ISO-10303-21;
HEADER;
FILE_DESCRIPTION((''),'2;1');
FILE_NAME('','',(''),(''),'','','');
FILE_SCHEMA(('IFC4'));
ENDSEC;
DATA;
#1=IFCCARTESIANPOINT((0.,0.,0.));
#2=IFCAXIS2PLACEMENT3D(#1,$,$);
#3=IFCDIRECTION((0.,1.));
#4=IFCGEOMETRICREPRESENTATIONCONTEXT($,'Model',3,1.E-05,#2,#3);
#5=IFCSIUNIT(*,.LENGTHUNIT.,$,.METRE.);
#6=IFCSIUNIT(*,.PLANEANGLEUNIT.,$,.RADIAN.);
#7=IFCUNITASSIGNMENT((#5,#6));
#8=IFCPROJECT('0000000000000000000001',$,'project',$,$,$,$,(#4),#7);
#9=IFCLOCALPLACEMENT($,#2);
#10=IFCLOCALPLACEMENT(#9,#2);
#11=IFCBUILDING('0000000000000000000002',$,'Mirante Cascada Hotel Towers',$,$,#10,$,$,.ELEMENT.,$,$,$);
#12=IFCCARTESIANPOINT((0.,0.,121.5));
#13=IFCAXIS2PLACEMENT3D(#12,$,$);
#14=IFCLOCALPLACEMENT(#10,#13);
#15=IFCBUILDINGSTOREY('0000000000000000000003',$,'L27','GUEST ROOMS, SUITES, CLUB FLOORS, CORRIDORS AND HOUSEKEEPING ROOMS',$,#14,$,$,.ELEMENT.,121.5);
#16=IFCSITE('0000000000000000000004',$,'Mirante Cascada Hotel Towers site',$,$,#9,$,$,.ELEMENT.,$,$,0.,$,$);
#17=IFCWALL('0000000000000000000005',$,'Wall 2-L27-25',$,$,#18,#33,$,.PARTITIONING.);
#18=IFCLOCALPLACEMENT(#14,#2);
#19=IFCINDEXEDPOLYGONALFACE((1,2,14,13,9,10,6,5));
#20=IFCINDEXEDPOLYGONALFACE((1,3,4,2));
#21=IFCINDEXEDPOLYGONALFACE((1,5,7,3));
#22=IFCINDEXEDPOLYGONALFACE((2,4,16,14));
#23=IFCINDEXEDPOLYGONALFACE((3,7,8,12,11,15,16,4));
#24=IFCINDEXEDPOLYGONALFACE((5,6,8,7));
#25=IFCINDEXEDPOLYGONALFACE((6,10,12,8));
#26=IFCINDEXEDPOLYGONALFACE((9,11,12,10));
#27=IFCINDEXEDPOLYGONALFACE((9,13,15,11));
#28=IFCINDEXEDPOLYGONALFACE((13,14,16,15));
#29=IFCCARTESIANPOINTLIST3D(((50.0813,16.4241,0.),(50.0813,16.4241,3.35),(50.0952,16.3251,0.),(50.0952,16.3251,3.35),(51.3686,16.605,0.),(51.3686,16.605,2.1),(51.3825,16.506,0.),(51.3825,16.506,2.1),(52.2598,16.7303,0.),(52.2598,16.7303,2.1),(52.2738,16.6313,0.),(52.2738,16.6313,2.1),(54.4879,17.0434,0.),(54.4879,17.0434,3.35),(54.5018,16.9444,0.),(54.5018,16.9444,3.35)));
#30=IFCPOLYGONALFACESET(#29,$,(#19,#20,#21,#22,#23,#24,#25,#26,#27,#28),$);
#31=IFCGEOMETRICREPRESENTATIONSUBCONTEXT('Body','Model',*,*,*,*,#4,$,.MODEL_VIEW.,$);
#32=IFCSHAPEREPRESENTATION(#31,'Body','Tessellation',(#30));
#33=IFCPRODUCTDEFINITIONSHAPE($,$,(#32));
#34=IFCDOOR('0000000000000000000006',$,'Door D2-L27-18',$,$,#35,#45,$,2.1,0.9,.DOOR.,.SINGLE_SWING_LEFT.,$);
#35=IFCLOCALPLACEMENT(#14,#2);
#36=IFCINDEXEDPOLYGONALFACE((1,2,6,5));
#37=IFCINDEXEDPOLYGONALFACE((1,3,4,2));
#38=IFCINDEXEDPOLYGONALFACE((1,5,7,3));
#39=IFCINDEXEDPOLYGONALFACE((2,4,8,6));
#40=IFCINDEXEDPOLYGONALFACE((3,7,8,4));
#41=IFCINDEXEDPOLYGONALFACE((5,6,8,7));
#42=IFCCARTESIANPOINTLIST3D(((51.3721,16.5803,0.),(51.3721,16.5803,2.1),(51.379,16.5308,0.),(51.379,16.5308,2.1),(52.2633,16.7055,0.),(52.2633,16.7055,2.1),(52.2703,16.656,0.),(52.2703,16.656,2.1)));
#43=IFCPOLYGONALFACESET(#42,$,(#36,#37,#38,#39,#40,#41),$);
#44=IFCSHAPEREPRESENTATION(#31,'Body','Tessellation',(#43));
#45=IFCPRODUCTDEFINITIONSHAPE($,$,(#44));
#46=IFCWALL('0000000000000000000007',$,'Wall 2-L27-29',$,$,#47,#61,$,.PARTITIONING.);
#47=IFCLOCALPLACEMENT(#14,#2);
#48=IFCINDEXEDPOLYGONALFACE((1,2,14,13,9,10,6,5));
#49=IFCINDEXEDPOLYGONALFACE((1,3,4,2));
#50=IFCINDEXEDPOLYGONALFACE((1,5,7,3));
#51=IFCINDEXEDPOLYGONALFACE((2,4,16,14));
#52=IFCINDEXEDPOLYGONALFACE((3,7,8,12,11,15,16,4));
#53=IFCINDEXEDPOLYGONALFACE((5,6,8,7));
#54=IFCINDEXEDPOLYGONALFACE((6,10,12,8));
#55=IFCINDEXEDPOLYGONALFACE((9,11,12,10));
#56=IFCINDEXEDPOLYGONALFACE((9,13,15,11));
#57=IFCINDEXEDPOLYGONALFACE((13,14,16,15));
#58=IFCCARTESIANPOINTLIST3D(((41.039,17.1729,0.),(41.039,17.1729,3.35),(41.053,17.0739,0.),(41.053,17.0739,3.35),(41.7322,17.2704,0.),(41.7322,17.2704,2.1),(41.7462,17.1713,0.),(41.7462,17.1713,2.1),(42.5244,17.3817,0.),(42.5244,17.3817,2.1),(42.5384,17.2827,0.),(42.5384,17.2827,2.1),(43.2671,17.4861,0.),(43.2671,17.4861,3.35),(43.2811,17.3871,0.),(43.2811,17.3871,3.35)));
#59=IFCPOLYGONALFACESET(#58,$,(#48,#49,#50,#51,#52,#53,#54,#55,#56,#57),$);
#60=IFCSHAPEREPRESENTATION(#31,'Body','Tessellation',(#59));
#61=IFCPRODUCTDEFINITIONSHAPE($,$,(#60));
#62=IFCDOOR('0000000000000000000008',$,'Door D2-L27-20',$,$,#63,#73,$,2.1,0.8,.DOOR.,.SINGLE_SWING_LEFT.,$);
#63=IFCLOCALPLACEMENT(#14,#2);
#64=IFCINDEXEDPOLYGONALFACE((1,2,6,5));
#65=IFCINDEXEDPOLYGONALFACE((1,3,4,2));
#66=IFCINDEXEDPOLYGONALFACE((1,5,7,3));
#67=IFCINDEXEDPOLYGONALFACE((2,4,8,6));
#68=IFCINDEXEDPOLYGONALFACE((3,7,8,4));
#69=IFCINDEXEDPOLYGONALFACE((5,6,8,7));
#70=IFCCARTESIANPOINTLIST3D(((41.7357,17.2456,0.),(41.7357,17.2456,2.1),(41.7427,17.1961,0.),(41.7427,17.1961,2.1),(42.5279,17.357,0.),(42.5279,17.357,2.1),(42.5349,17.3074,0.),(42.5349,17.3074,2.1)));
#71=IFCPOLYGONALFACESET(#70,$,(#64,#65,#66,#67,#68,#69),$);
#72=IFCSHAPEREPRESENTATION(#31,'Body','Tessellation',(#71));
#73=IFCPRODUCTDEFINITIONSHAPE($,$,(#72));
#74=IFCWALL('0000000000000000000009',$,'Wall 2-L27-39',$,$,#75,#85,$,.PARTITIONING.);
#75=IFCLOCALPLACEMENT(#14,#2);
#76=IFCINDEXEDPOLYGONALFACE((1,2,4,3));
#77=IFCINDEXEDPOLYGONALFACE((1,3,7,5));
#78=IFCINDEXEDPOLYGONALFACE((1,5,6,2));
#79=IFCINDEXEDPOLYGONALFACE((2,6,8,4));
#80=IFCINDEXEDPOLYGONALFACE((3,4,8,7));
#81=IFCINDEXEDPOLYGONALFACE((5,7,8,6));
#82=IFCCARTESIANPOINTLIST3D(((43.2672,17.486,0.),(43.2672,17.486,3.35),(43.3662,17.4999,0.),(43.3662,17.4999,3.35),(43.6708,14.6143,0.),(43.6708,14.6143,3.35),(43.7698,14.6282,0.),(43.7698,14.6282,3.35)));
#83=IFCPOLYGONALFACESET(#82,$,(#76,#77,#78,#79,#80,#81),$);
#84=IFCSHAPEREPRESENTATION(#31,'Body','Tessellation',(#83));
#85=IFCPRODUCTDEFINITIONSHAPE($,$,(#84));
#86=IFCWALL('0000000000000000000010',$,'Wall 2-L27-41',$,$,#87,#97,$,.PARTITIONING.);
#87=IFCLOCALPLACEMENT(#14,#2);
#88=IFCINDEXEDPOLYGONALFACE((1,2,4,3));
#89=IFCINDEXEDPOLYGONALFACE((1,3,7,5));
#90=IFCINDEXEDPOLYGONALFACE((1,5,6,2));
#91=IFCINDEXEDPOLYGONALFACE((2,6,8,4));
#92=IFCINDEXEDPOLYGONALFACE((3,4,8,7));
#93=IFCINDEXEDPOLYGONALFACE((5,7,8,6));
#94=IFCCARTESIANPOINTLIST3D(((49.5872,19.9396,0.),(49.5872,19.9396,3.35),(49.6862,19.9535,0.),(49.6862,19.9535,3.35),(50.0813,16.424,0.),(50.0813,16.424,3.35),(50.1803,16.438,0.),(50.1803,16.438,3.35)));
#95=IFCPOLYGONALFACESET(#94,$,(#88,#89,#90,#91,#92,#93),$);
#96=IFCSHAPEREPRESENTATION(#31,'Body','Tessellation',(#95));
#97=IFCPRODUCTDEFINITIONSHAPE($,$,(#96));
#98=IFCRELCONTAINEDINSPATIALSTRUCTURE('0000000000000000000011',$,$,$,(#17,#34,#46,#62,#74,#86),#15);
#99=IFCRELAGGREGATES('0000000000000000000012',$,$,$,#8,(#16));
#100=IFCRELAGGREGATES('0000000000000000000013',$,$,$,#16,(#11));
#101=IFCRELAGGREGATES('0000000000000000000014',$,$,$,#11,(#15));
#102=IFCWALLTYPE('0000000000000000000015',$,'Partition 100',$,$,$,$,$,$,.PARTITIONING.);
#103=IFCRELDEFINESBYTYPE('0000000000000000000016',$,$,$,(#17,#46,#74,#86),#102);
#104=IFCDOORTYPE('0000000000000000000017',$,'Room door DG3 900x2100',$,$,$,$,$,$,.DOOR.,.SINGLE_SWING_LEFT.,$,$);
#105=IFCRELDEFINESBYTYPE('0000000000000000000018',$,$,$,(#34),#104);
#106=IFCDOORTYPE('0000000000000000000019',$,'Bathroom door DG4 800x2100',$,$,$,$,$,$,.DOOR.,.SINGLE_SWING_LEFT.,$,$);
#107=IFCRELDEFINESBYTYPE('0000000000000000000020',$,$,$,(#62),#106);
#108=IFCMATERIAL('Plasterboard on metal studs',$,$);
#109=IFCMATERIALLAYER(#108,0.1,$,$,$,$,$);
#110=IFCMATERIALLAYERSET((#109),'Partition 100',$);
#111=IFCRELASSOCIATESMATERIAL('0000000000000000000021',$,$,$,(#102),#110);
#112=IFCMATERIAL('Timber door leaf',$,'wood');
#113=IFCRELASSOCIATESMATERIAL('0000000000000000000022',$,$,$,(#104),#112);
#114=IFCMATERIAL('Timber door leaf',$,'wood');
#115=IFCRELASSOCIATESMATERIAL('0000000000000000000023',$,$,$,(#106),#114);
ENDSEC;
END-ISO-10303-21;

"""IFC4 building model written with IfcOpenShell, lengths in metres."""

from ifc_helpers import new_model, si_unit, direction, frame, frame_2d, origin, place, context, subcontext, project, spatial, rectangle, extrude, material, layer, layer_set, type_object, element, fill, save


model = new_model("IFC4")

# Units and contexts
model_context = context("Model", 3, precision=1e-05, world=origin(), true_north=direction((0.0, 1.0)))
body_context = subcontext(model_context, "Body", "Model", "MODEL_VIEW")
ifc_project = project(units=[si_unit("LENGTHUNIT", "METRE"), si_unit("PLANEANGLEUNIT", "RADIAN")], contexts=[model_context])

# Site, building, storey
site_placement = place(None, origin())
site = spatial("IfcSite", under=ifc_project, at=site_placement, Name="Mirante Cascada Hotel Towers site", CompositionType="ELEMENT", RefElevation=0.0)
building_placement = place(site_placement, origin())
building = spatial("IfcBuilding", under=site, at=building_placement, Name="Mirante Cascada Hotel Towers", CompositionType="ELEMENT")
storey_placement = place(building_placement, frame((0.0, 0.0, 121.5)))
storey = spatial("IfcBuildingStorey", under=building, at=storey_placement, Name="L27", Description="GUEST ROOMS, SUITES, CLUB FLOORS, CORRIDORS AND HOUSEKEEPING ROOMS", CompositionType="ELEMENT", Elevation=121.5)

# Shared definitions
ifc_material_1 = material(Name="Plasterboard on metal studs")
ifc_layer_1 = layer(ifc_material_1, 0.1)
ifc_layer_set_1 = layer_set([ifc_layer_1], Name="Partition 100")
wall_type_1 = type_object("IfcWallType", Name="Partition 100", PredefinedType="PARTITIONING", material=ifc_layer_set_1)

# Walls, openings, doors
wall_1_placement = place(storey_placement, frame((54.4949, 16.9939, 0.0), z_axis=(0.0, 0.0, 1.0), x_axis=(-0.990268, -0.139172, 0.0)))
wall_1 = element("IfcWall", 1, at=wall_1_placement, inside=storey, type_object=wall_type_1, Name="Wall 2-L27-25", PredefinedType="PARTITIONING", context=body_context, shape_type="SweptSolid", body=[
    extrude(rectangle(XDim=4.4499, YDim=0.1, at=frame_2d((2.225, 0.0))), origin(), (0.0, 0.0, 1.0), 3.35),
])
opening_1_placement = place(wall_1_placement, frame((2.25, 0.0, 0.0)))
opening_1 = element("IfcOpeningElement", 2, at=opening_1_placement, cuts=wall_1, PredefinedType="OPENING", context=body_context, shape_type="SweptSolid", body=[
    extrude(rectangle(XDim=0.9, YDim=2.1, at=frame_2d((0.45, 1.05))), frame((0.0, 0.05, 0.0), z_axis=(0.0, -1.0, 0.0), x_axis=(1.0, 0.0, 0.0)), (0.0, 0.0, 1.0), 0.1),
])
ifc_material_2 = material(Name="Timber door leaf", Category="wood")
door_type_1 = type_object("IfcDoorType", Name="Room door DG3 900x2100", OperationType="SINGLE_SWING_LEFT", PredefinedType="DOOR", material=ifc_material_2)
door_1_placement = place(opening_1_placement, origin())
door_1 = element("IfcDoor", 3, at=door_1_placement, inside=storey, type_object=door_type_1, Name="Door D2-L27-18", OperationType="SINGLE_SWING_LEFT", OverallHeight=2.1, OverallWidth=0.9, PredefinedType="DOOR", context=body_context, shape_type="SweptSolid", body=[
    extrude(rectangle(XDim=0.9, YDim=2.1, at=frame_2d((0.45, 1.05))), frame((0.0, 0.025, 0.0), z_axis=(0.0, -1.0, 0.0), x_axis=(1.0, 0.0, 0.0)), (0.0, 0.0, 1.0), 0.05),
])
fill(opening_1, door_1)
wall_2_placement = place(storey_placement, frame((43.2741, 17.4366, 0.0), z_axis=(0.0, 0.0, 1.0), x_axis=(-0.990264, -0.1392, 0.0)))
wall_2 = element("IfcWall", 4, at=wall_2_placement, inside=storey, type_object=wall_type_1, Name="Wall 2-L27-29", PredefinedType="PARTITIONING", context=body_context, shape_type="SweptSolid", body=[
    extrude(rectangle(XDim=2.25, YDim=0.1, at=frame_2d((1.125, 0.0))), origin(), (0.0, 0.0, 1.0), 3.35),
])
opening_2_placement = place(wall_2_placement, frame((0.75, 0.0, 0.0)))
opening_2 = element("IfcOpeningElement", 5, at=opening_2_placement, cuts=wall_2, PredefinedType="OPENING", context=body_context, shape_type="SweptSolid", body=[
    extrude(rectangle(XDim=0.8, YDim=2.1, at=frame_2d((0.4, 1.05))), frame((0.0, 0.05, 0.0), z_axis=(0.0, -1.0, 0.0), x_axis=(1.0, 0.0, 0.0)), (0.0, 0.0, 1.0), 0.1),
])
ifc_material_3 = material(Name="Timber door leaf", Category="wood")
door_type_2 = type_object("IfcDoorType", Name="Bathroom door DG4 800x2100", OperationType="SINGLE_SWING_LEFT", PredefinedType="DOOR", material=ifc_material_3)
door_2_placement = place(opening_2_placement, origin())
door_2 = element("IfcDoor", 6, at=door_2_placement, inside=storey, type_object=door_type_2, Name="Door D2-L27-20", OperationType="SINGLE_SWING_LEFT", OverallHeight=2.1, OverallWidth=0.8, PredefinedType="DOOR", context=body_context, shape_type="SweptSolid", body=[
    extrude(rectangle(XDim=0.8, YDim=2.1, at=frame_2d((0.4, 1.05))), frame((0.0, 0.025, 0.0), z_axis=(0.0, -1.0, 0.0), x_axis=(1.0, 0.0, 0.0)), (0.0, 0.0, 1.0), 0.05),
])
fill(opening_2, door_2)

# Walls
wall_3_placement = place(storey_placement, frame((43.3167, 17.493, 0.0), z_axis=(0.0, 0.0, 1.0), x_axis=(0.139176, -0.990268, 0.0)))
element("IfcWall", 7, at=wall_3_placement, inside=storey, type_object=wall_type_1, Name="Wall 2-L27-39", PredefinedType="PARTITIONING", context=body_context, shape_type="SweptSolid", body=[
    extrude(rectangle(XDim=2.8999, YDim=0.1, at=frame_2d((1.45, 0.0))), origin(), (0.0, 0.0, 1.0), 3.35),
])
wall_4_placement = place(storey_placement, frame((49.6367, 19.9465, 0.0), z_axis=(0.0, 0.0, 1.0), x_axis=(0.139181, -0.990267, 0.0)))
element("IfcWall", 8, at=wall_4_placement, inside=storey, type_object=wall_type_1, Name="Wall 2-L27-41", PredefinedType="PARTITIONING", context=body_context, shape_type="SweptSolid", body=[
    extrude(rectangle(XDim=3.5501, YDim=0.1, at=frame_2d((1.775, 0.0))), origin(), (0.0, 0.0, 1.0), 3.35),
])

save(model, "model.ifc")
